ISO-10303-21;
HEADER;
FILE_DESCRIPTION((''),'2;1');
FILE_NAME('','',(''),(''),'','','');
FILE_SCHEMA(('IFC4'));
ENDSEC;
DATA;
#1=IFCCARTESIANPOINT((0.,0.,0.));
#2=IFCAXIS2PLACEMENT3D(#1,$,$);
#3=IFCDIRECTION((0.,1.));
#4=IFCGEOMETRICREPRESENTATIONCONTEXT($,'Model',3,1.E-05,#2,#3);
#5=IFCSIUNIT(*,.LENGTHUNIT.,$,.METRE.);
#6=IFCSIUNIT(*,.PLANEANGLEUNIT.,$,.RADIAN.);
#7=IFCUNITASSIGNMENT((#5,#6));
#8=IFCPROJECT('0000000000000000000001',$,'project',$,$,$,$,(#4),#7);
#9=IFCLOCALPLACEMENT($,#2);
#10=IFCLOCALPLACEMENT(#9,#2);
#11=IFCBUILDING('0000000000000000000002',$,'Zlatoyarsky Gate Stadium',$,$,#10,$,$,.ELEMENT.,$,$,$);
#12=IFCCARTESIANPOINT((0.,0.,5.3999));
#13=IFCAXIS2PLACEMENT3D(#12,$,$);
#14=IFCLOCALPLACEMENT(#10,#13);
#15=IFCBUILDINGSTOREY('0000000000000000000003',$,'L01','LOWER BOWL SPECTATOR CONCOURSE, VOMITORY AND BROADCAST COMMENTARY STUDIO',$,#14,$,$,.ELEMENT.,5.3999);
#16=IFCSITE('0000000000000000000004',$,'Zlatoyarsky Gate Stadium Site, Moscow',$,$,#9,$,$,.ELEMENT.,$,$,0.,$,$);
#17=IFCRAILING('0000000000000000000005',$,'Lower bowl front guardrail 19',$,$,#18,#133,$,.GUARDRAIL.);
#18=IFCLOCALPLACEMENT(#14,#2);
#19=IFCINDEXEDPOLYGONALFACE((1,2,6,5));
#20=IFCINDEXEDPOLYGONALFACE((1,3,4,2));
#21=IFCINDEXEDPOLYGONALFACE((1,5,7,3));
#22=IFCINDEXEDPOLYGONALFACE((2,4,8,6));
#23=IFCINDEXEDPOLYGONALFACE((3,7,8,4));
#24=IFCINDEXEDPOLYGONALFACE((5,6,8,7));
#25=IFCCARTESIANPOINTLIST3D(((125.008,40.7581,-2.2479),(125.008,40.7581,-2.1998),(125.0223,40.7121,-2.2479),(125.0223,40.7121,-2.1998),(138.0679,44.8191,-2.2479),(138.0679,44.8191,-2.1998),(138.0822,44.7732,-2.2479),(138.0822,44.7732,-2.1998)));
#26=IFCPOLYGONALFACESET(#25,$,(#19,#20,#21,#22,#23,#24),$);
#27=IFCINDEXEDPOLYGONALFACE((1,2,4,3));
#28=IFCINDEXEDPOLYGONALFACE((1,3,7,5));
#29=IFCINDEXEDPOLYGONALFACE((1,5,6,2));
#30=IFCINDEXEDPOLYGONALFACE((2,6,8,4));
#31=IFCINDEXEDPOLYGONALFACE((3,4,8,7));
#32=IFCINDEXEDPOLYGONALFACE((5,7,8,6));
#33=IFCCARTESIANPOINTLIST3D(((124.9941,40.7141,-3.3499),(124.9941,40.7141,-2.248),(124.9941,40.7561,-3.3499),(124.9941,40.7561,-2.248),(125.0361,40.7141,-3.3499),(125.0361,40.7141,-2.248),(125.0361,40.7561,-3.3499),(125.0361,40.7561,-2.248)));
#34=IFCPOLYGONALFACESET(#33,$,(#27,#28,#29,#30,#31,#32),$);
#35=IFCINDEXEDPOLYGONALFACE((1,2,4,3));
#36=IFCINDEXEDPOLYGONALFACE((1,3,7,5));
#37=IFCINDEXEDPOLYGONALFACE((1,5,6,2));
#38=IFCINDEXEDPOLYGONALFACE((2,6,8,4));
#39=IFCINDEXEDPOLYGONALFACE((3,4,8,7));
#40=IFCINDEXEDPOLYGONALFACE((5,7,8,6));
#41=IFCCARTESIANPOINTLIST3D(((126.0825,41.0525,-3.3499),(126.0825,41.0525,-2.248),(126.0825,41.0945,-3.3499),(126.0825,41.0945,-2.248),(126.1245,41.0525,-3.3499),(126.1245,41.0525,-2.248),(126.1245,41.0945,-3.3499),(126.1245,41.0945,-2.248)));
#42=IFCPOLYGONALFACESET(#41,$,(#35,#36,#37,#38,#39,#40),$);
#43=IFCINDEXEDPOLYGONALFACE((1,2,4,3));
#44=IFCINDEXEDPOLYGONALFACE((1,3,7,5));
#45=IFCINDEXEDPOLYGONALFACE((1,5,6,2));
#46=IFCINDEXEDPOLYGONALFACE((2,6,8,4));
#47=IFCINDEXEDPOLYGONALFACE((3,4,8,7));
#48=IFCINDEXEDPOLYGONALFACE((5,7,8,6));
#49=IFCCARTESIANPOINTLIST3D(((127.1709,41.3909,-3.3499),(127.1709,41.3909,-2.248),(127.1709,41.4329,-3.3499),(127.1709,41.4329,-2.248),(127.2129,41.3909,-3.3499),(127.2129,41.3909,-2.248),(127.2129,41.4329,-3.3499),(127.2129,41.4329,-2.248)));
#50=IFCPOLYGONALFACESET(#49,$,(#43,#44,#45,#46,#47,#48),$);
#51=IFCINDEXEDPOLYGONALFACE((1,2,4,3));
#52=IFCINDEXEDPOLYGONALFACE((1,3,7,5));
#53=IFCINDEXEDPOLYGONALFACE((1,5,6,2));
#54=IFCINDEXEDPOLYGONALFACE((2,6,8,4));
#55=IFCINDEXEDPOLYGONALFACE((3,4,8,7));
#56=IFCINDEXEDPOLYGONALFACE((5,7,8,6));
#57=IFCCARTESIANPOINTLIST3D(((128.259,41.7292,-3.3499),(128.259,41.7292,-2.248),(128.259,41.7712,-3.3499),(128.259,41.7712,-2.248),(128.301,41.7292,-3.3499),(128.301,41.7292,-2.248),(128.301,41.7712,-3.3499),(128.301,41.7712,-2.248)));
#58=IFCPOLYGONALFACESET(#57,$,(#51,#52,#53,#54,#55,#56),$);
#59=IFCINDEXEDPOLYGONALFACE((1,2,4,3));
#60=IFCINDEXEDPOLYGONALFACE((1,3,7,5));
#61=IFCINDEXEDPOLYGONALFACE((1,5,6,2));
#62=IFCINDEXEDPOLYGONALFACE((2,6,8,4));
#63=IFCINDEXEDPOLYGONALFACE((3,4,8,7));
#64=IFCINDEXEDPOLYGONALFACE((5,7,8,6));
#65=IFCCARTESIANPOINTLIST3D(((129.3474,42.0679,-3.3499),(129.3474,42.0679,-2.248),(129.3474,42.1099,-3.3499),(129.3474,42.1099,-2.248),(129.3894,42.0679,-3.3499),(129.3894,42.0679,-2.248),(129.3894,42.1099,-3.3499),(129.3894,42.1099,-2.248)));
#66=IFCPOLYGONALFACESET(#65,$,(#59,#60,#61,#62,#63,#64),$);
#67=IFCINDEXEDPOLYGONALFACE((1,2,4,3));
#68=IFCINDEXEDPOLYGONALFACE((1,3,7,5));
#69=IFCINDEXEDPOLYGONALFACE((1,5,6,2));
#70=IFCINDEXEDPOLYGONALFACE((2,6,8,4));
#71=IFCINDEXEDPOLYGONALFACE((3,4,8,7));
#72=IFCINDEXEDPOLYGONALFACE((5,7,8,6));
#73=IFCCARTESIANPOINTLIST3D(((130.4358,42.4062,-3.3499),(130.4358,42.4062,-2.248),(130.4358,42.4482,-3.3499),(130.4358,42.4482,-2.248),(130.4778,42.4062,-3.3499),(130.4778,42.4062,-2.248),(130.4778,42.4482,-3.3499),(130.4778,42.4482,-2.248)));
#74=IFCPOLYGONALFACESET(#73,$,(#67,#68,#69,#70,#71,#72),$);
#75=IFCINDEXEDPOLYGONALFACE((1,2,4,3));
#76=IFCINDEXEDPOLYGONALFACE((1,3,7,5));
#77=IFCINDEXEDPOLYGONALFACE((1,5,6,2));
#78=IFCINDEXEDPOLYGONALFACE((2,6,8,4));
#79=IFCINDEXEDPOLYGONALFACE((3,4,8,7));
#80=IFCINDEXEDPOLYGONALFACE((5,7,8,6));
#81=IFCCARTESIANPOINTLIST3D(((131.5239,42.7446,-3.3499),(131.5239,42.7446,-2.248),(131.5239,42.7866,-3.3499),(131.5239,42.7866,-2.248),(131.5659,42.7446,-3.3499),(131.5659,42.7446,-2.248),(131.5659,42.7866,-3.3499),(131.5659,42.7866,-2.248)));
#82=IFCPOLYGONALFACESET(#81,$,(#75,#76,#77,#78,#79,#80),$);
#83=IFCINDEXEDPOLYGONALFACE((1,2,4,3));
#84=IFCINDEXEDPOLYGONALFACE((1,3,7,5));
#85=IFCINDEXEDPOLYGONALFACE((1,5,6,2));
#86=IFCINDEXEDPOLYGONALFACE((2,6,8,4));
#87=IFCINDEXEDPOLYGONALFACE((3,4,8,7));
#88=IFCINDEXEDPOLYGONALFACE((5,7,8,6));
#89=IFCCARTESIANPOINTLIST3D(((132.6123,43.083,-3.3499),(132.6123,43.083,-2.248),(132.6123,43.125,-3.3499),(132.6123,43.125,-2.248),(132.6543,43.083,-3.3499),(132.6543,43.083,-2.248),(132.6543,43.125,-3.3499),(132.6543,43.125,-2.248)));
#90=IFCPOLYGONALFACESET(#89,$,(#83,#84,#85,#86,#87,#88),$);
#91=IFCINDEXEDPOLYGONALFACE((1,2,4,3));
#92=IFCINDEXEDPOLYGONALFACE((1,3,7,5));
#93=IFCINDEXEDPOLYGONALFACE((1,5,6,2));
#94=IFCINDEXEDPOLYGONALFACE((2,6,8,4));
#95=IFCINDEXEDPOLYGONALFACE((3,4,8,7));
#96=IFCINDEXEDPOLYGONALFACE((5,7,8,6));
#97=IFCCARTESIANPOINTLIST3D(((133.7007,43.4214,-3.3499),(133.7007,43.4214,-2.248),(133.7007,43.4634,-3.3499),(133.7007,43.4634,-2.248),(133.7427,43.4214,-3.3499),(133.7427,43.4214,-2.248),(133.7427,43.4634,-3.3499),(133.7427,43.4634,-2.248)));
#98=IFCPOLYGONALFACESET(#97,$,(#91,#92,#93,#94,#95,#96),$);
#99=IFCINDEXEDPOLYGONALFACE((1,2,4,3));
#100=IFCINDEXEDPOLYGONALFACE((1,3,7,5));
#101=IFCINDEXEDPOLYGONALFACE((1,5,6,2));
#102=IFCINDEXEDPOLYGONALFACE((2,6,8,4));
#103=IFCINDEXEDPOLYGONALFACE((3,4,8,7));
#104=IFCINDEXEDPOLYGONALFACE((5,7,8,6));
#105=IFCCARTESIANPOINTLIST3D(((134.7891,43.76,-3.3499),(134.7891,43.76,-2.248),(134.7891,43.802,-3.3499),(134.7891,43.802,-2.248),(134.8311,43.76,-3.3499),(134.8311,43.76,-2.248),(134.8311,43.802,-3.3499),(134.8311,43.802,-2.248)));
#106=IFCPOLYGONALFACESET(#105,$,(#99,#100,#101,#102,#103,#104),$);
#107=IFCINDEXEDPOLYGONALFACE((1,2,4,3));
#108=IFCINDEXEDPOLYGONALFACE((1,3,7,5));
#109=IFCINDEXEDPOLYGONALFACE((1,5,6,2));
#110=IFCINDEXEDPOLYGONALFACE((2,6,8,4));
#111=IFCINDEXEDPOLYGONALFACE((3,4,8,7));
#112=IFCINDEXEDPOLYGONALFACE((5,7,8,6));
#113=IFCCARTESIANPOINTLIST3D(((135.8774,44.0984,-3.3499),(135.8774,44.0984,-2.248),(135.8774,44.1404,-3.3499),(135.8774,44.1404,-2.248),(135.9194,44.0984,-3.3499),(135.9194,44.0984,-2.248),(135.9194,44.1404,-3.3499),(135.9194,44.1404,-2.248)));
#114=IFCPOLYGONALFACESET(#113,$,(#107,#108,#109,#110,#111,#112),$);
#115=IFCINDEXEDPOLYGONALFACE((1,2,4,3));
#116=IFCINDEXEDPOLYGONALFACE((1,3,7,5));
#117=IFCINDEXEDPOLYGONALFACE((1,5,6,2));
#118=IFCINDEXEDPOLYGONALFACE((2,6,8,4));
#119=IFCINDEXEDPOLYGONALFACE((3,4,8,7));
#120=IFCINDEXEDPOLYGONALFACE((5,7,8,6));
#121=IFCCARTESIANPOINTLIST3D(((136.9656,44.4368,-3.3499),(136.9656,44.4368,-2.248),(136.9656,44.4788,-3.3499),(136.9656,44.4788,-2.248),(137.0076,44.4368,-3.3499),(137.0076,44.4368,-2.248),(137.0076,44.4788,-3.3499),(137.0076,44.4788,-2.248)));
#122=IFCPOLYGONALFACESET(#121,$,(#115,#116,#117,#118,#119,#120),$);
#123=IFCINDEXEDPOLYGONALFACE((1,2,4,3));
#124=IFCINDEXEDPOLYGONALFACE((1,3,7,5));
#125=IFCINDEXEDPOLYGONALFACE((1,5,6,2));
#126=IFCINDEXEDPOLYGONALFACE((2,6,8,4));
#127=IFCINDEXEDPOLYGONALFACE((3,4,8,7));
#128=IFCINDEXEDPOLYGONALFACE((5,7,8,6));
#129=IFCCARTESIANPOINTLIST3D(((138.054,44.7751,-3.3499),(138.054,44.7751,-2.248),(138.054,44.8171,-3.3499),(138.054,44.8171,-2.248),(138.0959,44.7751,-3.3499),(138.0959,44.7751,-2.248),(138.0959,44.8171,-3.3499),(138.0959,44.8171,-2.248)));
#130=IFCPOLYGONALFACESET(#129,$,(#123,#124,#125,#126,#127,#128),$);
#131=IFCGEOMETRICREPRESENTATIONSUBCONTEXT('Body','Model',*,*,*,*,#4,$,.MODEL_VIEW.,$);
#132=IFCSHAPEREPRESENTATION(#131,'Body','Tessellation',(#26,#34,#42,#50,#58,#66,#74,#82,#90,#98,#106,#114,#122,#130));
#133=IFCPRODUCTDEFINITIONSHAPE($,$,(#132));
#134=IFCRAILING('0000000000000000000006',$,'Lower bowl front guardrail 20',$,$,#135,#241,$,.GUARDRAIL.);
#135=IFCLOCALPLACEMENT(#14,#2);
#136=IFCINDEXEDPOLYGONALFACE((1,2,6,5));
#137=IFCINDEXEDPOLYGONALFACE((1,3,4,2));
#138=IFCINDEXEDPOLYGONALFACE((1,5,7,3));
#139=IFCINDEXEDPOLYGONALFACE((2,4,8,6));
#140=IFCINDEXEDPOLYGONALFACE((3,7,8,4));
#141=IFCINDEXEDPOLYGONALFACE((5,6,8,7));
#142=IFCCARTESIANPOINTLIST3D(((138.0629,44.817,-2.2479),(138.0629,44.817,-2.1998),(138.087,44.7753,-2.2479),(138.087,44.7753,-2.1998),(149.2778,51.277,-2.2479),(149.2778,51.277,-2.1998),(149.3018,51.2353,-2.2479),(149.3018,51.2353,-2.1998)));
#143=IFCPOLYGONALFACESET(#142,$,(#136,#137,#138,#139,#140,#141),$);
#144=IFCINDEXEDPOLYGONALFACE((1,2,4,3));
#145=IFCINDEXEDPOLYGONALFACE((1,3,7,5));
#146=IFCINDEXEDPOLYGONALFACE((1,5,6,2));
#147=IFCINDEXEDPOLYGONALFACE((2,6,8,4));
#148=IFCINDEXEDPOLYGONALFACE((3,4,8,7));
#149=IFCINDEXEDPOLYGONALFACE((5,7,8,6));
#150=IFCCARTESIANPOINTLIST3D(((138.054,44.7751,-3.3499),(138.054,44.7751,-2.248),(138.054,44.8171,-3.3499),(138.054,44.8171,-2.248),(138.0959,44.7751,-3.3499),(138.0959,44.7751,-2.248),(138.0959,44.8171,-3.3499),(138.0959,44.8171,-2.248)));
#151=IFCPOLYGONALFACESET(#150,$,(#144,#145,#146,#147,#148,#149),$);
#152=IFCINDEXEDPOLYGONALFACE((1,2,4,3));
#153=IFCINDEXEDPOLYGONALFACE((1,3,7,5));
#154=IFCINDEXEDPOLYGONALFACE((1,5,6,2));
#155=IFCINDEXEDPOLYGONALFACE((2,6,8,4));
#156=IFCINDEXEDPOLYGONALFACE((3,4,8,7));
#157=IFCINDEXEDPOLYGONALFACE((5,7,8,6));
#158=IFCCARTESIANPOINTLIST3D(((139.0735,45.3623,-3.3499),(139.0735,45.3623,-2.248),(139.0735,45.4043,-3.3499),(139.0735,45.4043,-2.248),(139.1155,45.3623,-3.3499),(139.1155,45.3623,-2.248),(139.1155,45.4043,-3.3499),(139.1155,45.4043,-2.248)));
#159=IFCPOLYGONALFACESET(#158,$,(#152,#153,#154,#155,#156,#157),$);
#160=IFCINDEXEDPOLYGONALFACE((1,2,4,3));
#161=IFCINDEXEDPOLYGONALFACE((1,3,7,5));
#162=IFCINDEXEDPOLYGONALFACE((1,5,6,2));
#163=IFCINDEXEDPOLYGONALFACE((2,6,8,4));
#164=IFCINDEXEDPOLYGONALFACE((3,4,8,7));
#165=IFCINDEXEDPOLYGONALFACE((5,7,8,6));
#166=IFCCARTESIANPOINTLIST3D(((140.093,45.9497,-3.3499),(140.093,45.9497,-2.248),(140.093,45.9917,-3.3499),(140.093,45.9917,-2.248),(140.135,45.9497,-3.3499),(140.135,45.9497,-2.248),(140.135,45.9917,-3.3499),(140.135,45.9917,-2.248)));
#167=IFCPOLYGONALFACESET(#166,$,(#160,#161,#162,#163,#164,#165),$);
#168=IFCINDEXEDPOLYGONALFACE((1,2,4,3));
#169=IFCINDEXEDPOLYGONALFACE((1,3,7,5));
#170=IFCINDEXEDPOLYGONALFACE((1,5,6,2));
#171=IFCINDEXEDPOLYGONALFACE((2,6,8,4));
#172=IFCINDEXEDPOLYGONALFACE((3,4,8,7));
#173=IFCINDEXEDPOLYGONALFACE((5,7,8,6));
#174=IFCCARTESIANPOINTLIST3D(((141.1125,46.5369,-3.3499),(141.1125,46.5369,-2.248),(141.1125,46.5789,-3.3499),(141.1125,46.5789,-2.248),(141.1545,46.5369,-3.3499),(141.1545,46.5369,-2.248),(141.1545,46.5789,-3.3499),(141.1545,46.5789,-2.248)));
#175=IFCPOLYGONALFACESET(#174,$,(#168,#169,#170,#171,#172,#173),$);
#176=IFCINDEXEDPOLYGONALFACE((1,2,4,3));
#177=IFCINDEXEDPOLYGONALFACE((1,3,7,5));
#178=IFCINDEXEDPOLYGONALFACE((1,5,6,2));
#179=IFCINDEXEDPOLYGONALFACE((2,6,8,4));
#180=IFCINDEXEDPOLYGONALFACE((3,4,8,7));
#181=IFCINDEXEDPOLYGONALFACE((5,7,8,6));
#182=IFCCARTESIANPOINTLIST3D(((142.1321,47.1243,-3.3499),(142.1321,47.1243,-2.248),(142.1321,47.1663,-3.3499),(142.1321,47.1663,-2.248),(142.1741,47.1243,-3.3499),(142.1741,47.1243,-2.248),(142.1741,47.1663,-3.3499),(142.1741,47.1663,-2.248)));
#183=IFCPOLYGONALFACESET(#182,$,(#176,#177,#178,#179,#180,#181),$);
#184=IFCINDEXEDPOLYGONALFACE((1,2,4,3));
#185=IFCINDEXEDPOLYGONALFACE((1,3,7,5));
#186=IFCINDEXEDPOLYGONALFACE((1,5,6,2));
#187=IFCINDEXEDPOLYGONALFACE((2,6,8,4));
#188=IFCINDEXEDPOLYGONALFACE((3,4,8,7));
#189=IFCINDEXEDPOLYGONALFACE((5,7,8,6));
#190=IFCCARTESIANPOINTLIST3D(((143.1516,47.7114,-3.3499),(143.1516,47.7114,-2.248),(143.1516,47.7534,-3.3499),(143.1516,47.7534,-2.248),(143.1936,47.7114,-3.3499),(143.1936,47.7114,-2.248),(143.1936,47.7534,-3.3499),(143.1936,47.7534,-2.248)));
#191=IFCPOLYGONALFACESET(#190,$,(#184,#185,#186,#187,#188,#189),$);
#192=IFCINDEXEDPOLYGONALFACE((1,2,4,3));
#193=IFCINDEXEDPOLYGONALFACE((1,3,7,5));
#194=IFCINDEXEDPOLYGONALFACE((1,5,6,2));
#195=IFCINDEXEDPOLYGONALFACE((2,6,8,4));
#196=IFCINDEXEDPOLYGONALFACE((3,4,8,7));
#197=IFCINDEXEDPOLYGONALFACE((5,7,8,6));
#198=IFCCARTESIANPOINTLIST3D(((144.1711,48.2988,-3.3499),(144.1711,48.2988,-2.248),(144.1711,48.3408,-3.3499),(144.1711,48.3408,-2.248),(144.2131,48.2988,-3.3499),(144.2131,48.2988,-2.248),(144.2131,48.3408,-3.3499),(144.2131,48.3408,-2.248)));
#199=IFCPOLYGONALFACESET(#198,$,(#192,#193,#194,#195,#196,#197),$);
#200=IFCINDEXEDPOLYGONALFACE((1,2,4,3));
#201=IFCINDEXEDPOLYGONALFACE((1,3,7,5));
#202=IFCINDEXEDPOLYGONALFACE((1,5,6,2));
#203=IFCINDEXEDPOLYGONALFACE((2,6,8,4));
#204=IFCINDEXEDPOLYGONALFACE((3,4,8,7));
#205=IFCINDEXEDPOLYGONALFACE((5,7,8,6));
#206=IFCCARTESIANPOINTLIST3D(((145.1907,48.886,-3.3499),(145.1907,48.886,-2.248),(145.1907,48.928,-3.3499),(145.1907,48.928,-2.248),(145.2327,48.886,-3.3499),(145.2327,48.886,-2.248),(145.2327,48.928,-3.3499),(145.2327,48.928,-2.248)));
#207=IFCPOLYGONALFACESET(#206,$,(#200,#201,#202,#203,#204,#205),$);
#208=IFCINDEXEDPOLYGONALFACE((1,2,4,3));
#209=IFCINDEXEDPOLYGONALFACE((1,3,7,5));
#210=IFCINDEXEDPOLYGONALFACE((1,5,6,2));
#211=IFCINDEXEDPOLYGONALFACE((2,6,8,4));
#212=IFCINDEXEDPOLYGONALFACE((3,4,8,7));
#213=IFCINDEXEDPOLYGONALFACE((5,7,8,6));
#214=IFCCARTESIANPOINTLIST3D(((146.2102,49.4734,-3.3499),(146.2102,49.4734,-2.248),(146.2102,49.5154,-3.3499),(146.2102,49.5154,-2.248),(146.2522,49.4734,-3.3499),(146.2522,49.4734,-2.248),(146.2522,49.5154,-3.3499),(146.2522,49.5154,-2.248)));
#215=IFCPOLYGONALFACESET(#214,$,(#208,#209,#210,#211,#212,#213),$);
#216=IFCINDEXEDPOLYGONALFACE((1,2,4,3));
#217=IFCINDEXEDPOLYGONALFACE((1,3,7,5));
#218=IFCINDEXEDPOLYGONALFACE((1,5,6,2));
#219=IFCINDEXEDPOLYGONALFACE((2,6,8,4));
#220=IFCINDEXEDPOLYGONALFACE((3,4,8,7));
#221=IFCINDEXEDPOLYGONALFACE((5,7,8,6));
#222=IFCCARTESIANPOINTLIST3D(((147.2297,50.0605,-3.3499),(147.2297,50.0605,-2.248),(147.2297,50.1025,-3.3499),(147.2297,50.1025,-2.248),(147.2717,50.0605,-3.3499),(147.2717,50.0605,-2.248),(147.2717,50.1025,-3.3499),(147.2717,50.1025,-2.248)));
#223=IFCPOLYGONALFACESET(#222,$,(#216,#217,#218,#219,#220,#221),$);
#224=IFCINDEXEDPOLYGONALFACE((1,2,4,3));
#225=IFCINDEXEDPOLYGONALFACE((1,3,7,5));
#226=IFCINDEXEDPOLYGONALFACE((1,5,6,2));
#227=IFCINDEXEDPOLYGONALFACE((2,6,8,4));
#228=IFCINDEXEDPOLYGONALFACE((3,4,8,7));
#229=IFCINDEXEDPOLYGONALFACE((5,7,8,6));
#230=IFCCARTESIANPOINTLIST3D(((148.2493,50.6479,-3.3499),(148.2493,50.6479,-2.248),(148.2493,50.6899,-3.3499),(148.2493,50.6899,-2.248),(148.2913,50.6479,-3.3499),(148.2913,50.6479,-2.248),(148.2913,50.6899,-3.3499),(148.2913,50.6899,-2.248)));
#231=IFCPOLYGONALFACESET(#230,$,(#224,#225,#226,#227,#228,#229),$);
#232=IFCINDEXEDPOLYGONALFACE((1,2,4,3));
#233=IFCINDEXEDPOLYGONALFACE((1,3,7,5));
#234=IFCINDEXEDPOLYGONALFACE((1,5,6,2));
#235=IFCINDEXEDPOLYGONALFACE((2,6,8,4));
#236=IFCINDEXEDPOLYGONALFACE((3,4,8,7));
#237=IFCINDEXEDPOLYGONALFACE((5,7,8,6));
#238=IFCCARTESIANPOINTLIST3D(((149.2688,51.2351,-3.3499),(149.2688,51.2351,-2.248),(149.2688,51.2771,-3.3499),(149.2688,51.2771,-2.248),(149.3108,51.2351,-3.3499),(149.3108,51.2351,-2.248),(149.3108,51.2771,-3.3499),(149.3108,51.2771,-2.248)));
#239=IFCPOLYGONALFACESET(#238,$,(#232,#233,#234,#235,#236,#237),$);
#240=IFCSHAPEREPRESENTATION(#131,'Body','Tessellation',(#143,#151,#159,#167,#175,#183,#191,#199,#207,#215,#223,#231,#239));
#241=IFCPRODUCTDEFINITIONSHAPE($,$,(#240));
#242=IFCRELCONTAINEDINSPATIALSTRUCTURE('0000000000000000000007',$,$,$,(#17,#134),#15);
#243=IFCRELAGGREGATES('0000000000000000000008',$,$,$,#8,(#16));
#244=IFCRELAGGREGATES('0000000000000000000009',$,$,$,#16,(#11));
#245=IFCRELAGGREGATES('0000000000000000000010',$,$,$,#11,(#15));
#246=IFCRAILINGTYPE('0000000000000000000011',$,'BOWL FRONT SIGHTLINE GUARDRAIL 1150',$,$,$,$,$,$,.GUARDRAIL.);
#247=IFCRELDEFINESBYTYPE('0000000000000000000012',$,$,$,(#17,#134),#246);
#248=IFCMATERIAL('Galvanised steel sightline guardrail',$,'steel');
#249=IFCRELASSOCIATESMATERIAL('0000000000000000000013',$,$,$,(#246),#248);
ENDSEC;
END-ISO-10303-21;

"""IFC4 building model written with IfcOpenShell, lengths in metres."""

from ifc_helpers import new_model, si_unit, direction, frame, origin, origin_2d, place, context, subcontext, project, spatial, rectangle, extrude, material, type_object, element, save


model = new_model("IFC4")

# Units and contexts
model_context = context("Model", 3, precision=1e-05, world=origin(), true_north=direction((0.0, 1.0)))
body_context = subcontext(model_context, "Body", "Model", "MODEL_VIEW")
ifc_project = project(units=[si_unit("LENGTHUNIT", "METRE"), si_unit("PLANEANGLEUNIT", "RADIAN")], contexts=[model_context])

# Site, building, storey
site_placement = place(None, origin())
site = spatial("IfcSite", under=ifc_project, at=site_placement, Name="Zlatoyarsky Gate Stadium Site, Moscow", CompositionType="ELEMENT", RefElevation=0.0)
building_placement = place(site_placement, origin())
building = spatial("IfcBuilding", under=site, at=building_placement, Name="Zlatoyarsky Gate Stadium", CompositionType="ELEMENT")
storey_placement = place(building_placement, frame((0.0, 0.0, 5.3999)))
storey = spatial("IfcBuildingStorey", under=building, at=storey_placement, Name="L01", Description="LOWER BOWL SPECTATOR CONCOURSE, VOMITORY AND BROADCAST COMMENTARY STUDIO", CompositionType="ELEMENT", Elevation=5.3999)

# Railings
ifc_material_1 = material(Name="Galvanised steel sightline guardrail", Category="steel")
railing_type_1 = type_object("IfcRailingType", Name="BOWL FRONT SIGHTLINE GUARDRAIL 1150", PredefinedType="GUARDRAIL", material=ifc_material_1)
railing_1_placement = place(storey_placement, frame((125.0151, 40.7351, -3.3499)))
element("IfcRailing", 1, at=railing_1_placement, inside=storey, type_object=railing_type_1, Name="Lower bowl front guardrail 19", PredefinedType="GUARDRAIL", context=body_context, shape_type="SweptSolid", body=[
    extrude(rectangle(XDim=0.0481, YDim=0.0481, at=origin_2d()), frame((0.0, 0.0, 1.126), z_axis=(0.954899, 0.296932, 0.0), x_axis=(-0.296932, 0.954899, 0.0)), (0.0, 0.0, 1.0), 13.6768),
    extrude(rectangle(XDim=0.042, YDim=0.042, at=origin_2d()), origin(), (0.0, 0.0, 1.0), 1.1018),
    extrude(rectangle(XDim=0.042, YDim=0.042, at=origin_2d()), frame((1.0884, 0.3384, 0.0)), (0.0, 0.0, 1.0), 1.1018),
    extrude(rectangle(XDim=0.042, YDim=0.042, at=origin_2d()), frame((2.1768, 0.6768, 0.0)), (0.0, 0.0, 1.0), 1.1018),
    extrude(rectangle(XDim=0.042, YDim=0.042, at=origin_2d()), frame((3.2649, 1.0151, 0.0)), (0.0, 0.0, 1.0), 1.1018),
    extrude(rectangle(XDim=0.042, YDim=0.042, at=origin_2d()), frame((4.3533, 1.3538, 0.0)), (0.0, 0.0, 1.0), 1.1018),
    extrude(rectangle(XDim=0.042, YDim=0.042, at=origin_2d()), frame((5.4417, 1.6921, 0.0)), (0.0, 0.0, 1.0), 1.1018),
    extrude(rectangle(XDim=0.042, YDim=0.042, at=origin_2d()), frame((6.5298, 2.0305, 0.0)), (0.0, 0.0, 1.0), 1.1018),
    extrude(rectangle(XDim=0.042, YDim=0.042, at=origin_2d()), frame((7.6182, 2.3689, 0.0)), (0.0, 0.0, 1.0), 1.1018),
    extrude(rectangle(XDim=0.042, YDim=0.042, at=origin_2d()), frame((8.7065, 2.7073, 0.0)), (0.0, 0.0, 1.0), 1.1018),
    extrude(rectangle(XDim=0.042, YDim=0.042, at=origin_2d()), frame((9.7949, 3.0459, 0.0)), (0.0, 0.0, 1.0), 1.1018),
    extrude(rectangle(XDim=0.042, YDim=0.042, at=origin_2d()), frame((10.8833, 3.3843, 0.0)), (0.0, 0.0, 1.0), 1.1018),
    extrude(rectangle(XDim=0.042, YDim=0.042, at=origin_2d()), frame((11.9714, 3.7227, 0.0)), (0.0, 0.0, 1.0), 1.1018),
    extrude(rectangle(XDim=0.042, YDim=0.042, at=origin_2d()), frame((13.0598, 4.061, 0.0)), (0.0, 0.0, 1.0), 1.1018),
])
railing_2_placement = place(storey_placement, frame((138.075, 44.7961, -3.3499)))
element("IfcRailing", 2, at=railing_2_placement, inside=storey, type_object=railing_type_1, Name="Lower bowl front guardrail 20", PredefinedType="GUARDRAIL", context=body_context, shape_type="SweptSolid", body=[
    extrude(rectangle(XDim=0.0481, YDim=0.0481, at=origin_2d()), frame((0.0, 0.0, 1.126), z_axis=(0.866525, 0.499134, 0.0), x_axis=(-0.499134, 0.866525, 0.0)), (0.0, 0.0, 1.0), 12.9424),
    extrude(rectangle(XDim=0.042, YDim=0.042, at=origin_2d()), origin(), (0.0, 0.0, 1.0), 1.1018),
    extrude(rectangle(XDim=0.042, YDim=0.042, at=origin_2d()), frame((1.0195, 0.5872, 0.0)), (0.0, 0.0, 1.0), 1.1018),
    extrude(rectangle(XDim=0.042, YDim=0.042, at=origin_2d()), frame((2.0391, 1.1746, 0.0)), (0.0, 0.0, 1.0), 1.1018),
    extrude(rectangle(XDim=0.042, YDim=0.042, at=origin_2d()), frame((3.0586, 1.7617, 0.0)), (0.0, 0.0, 1.0), 1.1018),
    extrude(rectangle(XDim=0.042, YDim=0.042, at=origin_2d()), frame((4.0781, 2.3491, 0.0)), (0.0, 0.0, 1.0), 1.1018),
    extrude(rectangle(XDim=0.042, YDim=0.042, at=origin_2d()), frame((5.0977, 2.9363, 0.0)), (0.0, 0.0, 1.0), 1.1018),
    extrude(rectangle(XDim=0.042, YDim=0.042, at=origin_2d()), frame((6.1172, 3.5237, 0.0)), (0.0, 0.0, 1.0), 1.1018),
    extrude(rectangle(XDim=0.042, YDim=0.042, at=origin_2d()), frame((7.1367, 4.1108, 0.0)), (0.0, 0.0, 1.0), 1.1018),
    extrude(rectangle(XDim=0.042, YDim=0.042, at=origin_2d()), frame((8.1562, 4.6982, 0.0)), (0.0, 0.0, 1.0), 1.1018),
    extrude(rectangle(XDim=0.042, YDim=0.042, at=origin_2d()), frame((9.1758, 5.2854, 0.0)), (0.0, 0.0, 1.0), 1.1018),
    extrude(rectangle(XDim=0.042, YDim=0.042, at=origin_2d()), frame((10.1953, 5.8728, 0.0)), (0.0, 0.0, 1.0), 1.1018),
    extrude(rectangle(XDim=0.042, YDim=0.042, at=origin_2d()), frame((11.2148, 6.46, 0.0)), (0.0, 0.0, 1.0), 1.1018),
])

save(model, "model.ifc")
